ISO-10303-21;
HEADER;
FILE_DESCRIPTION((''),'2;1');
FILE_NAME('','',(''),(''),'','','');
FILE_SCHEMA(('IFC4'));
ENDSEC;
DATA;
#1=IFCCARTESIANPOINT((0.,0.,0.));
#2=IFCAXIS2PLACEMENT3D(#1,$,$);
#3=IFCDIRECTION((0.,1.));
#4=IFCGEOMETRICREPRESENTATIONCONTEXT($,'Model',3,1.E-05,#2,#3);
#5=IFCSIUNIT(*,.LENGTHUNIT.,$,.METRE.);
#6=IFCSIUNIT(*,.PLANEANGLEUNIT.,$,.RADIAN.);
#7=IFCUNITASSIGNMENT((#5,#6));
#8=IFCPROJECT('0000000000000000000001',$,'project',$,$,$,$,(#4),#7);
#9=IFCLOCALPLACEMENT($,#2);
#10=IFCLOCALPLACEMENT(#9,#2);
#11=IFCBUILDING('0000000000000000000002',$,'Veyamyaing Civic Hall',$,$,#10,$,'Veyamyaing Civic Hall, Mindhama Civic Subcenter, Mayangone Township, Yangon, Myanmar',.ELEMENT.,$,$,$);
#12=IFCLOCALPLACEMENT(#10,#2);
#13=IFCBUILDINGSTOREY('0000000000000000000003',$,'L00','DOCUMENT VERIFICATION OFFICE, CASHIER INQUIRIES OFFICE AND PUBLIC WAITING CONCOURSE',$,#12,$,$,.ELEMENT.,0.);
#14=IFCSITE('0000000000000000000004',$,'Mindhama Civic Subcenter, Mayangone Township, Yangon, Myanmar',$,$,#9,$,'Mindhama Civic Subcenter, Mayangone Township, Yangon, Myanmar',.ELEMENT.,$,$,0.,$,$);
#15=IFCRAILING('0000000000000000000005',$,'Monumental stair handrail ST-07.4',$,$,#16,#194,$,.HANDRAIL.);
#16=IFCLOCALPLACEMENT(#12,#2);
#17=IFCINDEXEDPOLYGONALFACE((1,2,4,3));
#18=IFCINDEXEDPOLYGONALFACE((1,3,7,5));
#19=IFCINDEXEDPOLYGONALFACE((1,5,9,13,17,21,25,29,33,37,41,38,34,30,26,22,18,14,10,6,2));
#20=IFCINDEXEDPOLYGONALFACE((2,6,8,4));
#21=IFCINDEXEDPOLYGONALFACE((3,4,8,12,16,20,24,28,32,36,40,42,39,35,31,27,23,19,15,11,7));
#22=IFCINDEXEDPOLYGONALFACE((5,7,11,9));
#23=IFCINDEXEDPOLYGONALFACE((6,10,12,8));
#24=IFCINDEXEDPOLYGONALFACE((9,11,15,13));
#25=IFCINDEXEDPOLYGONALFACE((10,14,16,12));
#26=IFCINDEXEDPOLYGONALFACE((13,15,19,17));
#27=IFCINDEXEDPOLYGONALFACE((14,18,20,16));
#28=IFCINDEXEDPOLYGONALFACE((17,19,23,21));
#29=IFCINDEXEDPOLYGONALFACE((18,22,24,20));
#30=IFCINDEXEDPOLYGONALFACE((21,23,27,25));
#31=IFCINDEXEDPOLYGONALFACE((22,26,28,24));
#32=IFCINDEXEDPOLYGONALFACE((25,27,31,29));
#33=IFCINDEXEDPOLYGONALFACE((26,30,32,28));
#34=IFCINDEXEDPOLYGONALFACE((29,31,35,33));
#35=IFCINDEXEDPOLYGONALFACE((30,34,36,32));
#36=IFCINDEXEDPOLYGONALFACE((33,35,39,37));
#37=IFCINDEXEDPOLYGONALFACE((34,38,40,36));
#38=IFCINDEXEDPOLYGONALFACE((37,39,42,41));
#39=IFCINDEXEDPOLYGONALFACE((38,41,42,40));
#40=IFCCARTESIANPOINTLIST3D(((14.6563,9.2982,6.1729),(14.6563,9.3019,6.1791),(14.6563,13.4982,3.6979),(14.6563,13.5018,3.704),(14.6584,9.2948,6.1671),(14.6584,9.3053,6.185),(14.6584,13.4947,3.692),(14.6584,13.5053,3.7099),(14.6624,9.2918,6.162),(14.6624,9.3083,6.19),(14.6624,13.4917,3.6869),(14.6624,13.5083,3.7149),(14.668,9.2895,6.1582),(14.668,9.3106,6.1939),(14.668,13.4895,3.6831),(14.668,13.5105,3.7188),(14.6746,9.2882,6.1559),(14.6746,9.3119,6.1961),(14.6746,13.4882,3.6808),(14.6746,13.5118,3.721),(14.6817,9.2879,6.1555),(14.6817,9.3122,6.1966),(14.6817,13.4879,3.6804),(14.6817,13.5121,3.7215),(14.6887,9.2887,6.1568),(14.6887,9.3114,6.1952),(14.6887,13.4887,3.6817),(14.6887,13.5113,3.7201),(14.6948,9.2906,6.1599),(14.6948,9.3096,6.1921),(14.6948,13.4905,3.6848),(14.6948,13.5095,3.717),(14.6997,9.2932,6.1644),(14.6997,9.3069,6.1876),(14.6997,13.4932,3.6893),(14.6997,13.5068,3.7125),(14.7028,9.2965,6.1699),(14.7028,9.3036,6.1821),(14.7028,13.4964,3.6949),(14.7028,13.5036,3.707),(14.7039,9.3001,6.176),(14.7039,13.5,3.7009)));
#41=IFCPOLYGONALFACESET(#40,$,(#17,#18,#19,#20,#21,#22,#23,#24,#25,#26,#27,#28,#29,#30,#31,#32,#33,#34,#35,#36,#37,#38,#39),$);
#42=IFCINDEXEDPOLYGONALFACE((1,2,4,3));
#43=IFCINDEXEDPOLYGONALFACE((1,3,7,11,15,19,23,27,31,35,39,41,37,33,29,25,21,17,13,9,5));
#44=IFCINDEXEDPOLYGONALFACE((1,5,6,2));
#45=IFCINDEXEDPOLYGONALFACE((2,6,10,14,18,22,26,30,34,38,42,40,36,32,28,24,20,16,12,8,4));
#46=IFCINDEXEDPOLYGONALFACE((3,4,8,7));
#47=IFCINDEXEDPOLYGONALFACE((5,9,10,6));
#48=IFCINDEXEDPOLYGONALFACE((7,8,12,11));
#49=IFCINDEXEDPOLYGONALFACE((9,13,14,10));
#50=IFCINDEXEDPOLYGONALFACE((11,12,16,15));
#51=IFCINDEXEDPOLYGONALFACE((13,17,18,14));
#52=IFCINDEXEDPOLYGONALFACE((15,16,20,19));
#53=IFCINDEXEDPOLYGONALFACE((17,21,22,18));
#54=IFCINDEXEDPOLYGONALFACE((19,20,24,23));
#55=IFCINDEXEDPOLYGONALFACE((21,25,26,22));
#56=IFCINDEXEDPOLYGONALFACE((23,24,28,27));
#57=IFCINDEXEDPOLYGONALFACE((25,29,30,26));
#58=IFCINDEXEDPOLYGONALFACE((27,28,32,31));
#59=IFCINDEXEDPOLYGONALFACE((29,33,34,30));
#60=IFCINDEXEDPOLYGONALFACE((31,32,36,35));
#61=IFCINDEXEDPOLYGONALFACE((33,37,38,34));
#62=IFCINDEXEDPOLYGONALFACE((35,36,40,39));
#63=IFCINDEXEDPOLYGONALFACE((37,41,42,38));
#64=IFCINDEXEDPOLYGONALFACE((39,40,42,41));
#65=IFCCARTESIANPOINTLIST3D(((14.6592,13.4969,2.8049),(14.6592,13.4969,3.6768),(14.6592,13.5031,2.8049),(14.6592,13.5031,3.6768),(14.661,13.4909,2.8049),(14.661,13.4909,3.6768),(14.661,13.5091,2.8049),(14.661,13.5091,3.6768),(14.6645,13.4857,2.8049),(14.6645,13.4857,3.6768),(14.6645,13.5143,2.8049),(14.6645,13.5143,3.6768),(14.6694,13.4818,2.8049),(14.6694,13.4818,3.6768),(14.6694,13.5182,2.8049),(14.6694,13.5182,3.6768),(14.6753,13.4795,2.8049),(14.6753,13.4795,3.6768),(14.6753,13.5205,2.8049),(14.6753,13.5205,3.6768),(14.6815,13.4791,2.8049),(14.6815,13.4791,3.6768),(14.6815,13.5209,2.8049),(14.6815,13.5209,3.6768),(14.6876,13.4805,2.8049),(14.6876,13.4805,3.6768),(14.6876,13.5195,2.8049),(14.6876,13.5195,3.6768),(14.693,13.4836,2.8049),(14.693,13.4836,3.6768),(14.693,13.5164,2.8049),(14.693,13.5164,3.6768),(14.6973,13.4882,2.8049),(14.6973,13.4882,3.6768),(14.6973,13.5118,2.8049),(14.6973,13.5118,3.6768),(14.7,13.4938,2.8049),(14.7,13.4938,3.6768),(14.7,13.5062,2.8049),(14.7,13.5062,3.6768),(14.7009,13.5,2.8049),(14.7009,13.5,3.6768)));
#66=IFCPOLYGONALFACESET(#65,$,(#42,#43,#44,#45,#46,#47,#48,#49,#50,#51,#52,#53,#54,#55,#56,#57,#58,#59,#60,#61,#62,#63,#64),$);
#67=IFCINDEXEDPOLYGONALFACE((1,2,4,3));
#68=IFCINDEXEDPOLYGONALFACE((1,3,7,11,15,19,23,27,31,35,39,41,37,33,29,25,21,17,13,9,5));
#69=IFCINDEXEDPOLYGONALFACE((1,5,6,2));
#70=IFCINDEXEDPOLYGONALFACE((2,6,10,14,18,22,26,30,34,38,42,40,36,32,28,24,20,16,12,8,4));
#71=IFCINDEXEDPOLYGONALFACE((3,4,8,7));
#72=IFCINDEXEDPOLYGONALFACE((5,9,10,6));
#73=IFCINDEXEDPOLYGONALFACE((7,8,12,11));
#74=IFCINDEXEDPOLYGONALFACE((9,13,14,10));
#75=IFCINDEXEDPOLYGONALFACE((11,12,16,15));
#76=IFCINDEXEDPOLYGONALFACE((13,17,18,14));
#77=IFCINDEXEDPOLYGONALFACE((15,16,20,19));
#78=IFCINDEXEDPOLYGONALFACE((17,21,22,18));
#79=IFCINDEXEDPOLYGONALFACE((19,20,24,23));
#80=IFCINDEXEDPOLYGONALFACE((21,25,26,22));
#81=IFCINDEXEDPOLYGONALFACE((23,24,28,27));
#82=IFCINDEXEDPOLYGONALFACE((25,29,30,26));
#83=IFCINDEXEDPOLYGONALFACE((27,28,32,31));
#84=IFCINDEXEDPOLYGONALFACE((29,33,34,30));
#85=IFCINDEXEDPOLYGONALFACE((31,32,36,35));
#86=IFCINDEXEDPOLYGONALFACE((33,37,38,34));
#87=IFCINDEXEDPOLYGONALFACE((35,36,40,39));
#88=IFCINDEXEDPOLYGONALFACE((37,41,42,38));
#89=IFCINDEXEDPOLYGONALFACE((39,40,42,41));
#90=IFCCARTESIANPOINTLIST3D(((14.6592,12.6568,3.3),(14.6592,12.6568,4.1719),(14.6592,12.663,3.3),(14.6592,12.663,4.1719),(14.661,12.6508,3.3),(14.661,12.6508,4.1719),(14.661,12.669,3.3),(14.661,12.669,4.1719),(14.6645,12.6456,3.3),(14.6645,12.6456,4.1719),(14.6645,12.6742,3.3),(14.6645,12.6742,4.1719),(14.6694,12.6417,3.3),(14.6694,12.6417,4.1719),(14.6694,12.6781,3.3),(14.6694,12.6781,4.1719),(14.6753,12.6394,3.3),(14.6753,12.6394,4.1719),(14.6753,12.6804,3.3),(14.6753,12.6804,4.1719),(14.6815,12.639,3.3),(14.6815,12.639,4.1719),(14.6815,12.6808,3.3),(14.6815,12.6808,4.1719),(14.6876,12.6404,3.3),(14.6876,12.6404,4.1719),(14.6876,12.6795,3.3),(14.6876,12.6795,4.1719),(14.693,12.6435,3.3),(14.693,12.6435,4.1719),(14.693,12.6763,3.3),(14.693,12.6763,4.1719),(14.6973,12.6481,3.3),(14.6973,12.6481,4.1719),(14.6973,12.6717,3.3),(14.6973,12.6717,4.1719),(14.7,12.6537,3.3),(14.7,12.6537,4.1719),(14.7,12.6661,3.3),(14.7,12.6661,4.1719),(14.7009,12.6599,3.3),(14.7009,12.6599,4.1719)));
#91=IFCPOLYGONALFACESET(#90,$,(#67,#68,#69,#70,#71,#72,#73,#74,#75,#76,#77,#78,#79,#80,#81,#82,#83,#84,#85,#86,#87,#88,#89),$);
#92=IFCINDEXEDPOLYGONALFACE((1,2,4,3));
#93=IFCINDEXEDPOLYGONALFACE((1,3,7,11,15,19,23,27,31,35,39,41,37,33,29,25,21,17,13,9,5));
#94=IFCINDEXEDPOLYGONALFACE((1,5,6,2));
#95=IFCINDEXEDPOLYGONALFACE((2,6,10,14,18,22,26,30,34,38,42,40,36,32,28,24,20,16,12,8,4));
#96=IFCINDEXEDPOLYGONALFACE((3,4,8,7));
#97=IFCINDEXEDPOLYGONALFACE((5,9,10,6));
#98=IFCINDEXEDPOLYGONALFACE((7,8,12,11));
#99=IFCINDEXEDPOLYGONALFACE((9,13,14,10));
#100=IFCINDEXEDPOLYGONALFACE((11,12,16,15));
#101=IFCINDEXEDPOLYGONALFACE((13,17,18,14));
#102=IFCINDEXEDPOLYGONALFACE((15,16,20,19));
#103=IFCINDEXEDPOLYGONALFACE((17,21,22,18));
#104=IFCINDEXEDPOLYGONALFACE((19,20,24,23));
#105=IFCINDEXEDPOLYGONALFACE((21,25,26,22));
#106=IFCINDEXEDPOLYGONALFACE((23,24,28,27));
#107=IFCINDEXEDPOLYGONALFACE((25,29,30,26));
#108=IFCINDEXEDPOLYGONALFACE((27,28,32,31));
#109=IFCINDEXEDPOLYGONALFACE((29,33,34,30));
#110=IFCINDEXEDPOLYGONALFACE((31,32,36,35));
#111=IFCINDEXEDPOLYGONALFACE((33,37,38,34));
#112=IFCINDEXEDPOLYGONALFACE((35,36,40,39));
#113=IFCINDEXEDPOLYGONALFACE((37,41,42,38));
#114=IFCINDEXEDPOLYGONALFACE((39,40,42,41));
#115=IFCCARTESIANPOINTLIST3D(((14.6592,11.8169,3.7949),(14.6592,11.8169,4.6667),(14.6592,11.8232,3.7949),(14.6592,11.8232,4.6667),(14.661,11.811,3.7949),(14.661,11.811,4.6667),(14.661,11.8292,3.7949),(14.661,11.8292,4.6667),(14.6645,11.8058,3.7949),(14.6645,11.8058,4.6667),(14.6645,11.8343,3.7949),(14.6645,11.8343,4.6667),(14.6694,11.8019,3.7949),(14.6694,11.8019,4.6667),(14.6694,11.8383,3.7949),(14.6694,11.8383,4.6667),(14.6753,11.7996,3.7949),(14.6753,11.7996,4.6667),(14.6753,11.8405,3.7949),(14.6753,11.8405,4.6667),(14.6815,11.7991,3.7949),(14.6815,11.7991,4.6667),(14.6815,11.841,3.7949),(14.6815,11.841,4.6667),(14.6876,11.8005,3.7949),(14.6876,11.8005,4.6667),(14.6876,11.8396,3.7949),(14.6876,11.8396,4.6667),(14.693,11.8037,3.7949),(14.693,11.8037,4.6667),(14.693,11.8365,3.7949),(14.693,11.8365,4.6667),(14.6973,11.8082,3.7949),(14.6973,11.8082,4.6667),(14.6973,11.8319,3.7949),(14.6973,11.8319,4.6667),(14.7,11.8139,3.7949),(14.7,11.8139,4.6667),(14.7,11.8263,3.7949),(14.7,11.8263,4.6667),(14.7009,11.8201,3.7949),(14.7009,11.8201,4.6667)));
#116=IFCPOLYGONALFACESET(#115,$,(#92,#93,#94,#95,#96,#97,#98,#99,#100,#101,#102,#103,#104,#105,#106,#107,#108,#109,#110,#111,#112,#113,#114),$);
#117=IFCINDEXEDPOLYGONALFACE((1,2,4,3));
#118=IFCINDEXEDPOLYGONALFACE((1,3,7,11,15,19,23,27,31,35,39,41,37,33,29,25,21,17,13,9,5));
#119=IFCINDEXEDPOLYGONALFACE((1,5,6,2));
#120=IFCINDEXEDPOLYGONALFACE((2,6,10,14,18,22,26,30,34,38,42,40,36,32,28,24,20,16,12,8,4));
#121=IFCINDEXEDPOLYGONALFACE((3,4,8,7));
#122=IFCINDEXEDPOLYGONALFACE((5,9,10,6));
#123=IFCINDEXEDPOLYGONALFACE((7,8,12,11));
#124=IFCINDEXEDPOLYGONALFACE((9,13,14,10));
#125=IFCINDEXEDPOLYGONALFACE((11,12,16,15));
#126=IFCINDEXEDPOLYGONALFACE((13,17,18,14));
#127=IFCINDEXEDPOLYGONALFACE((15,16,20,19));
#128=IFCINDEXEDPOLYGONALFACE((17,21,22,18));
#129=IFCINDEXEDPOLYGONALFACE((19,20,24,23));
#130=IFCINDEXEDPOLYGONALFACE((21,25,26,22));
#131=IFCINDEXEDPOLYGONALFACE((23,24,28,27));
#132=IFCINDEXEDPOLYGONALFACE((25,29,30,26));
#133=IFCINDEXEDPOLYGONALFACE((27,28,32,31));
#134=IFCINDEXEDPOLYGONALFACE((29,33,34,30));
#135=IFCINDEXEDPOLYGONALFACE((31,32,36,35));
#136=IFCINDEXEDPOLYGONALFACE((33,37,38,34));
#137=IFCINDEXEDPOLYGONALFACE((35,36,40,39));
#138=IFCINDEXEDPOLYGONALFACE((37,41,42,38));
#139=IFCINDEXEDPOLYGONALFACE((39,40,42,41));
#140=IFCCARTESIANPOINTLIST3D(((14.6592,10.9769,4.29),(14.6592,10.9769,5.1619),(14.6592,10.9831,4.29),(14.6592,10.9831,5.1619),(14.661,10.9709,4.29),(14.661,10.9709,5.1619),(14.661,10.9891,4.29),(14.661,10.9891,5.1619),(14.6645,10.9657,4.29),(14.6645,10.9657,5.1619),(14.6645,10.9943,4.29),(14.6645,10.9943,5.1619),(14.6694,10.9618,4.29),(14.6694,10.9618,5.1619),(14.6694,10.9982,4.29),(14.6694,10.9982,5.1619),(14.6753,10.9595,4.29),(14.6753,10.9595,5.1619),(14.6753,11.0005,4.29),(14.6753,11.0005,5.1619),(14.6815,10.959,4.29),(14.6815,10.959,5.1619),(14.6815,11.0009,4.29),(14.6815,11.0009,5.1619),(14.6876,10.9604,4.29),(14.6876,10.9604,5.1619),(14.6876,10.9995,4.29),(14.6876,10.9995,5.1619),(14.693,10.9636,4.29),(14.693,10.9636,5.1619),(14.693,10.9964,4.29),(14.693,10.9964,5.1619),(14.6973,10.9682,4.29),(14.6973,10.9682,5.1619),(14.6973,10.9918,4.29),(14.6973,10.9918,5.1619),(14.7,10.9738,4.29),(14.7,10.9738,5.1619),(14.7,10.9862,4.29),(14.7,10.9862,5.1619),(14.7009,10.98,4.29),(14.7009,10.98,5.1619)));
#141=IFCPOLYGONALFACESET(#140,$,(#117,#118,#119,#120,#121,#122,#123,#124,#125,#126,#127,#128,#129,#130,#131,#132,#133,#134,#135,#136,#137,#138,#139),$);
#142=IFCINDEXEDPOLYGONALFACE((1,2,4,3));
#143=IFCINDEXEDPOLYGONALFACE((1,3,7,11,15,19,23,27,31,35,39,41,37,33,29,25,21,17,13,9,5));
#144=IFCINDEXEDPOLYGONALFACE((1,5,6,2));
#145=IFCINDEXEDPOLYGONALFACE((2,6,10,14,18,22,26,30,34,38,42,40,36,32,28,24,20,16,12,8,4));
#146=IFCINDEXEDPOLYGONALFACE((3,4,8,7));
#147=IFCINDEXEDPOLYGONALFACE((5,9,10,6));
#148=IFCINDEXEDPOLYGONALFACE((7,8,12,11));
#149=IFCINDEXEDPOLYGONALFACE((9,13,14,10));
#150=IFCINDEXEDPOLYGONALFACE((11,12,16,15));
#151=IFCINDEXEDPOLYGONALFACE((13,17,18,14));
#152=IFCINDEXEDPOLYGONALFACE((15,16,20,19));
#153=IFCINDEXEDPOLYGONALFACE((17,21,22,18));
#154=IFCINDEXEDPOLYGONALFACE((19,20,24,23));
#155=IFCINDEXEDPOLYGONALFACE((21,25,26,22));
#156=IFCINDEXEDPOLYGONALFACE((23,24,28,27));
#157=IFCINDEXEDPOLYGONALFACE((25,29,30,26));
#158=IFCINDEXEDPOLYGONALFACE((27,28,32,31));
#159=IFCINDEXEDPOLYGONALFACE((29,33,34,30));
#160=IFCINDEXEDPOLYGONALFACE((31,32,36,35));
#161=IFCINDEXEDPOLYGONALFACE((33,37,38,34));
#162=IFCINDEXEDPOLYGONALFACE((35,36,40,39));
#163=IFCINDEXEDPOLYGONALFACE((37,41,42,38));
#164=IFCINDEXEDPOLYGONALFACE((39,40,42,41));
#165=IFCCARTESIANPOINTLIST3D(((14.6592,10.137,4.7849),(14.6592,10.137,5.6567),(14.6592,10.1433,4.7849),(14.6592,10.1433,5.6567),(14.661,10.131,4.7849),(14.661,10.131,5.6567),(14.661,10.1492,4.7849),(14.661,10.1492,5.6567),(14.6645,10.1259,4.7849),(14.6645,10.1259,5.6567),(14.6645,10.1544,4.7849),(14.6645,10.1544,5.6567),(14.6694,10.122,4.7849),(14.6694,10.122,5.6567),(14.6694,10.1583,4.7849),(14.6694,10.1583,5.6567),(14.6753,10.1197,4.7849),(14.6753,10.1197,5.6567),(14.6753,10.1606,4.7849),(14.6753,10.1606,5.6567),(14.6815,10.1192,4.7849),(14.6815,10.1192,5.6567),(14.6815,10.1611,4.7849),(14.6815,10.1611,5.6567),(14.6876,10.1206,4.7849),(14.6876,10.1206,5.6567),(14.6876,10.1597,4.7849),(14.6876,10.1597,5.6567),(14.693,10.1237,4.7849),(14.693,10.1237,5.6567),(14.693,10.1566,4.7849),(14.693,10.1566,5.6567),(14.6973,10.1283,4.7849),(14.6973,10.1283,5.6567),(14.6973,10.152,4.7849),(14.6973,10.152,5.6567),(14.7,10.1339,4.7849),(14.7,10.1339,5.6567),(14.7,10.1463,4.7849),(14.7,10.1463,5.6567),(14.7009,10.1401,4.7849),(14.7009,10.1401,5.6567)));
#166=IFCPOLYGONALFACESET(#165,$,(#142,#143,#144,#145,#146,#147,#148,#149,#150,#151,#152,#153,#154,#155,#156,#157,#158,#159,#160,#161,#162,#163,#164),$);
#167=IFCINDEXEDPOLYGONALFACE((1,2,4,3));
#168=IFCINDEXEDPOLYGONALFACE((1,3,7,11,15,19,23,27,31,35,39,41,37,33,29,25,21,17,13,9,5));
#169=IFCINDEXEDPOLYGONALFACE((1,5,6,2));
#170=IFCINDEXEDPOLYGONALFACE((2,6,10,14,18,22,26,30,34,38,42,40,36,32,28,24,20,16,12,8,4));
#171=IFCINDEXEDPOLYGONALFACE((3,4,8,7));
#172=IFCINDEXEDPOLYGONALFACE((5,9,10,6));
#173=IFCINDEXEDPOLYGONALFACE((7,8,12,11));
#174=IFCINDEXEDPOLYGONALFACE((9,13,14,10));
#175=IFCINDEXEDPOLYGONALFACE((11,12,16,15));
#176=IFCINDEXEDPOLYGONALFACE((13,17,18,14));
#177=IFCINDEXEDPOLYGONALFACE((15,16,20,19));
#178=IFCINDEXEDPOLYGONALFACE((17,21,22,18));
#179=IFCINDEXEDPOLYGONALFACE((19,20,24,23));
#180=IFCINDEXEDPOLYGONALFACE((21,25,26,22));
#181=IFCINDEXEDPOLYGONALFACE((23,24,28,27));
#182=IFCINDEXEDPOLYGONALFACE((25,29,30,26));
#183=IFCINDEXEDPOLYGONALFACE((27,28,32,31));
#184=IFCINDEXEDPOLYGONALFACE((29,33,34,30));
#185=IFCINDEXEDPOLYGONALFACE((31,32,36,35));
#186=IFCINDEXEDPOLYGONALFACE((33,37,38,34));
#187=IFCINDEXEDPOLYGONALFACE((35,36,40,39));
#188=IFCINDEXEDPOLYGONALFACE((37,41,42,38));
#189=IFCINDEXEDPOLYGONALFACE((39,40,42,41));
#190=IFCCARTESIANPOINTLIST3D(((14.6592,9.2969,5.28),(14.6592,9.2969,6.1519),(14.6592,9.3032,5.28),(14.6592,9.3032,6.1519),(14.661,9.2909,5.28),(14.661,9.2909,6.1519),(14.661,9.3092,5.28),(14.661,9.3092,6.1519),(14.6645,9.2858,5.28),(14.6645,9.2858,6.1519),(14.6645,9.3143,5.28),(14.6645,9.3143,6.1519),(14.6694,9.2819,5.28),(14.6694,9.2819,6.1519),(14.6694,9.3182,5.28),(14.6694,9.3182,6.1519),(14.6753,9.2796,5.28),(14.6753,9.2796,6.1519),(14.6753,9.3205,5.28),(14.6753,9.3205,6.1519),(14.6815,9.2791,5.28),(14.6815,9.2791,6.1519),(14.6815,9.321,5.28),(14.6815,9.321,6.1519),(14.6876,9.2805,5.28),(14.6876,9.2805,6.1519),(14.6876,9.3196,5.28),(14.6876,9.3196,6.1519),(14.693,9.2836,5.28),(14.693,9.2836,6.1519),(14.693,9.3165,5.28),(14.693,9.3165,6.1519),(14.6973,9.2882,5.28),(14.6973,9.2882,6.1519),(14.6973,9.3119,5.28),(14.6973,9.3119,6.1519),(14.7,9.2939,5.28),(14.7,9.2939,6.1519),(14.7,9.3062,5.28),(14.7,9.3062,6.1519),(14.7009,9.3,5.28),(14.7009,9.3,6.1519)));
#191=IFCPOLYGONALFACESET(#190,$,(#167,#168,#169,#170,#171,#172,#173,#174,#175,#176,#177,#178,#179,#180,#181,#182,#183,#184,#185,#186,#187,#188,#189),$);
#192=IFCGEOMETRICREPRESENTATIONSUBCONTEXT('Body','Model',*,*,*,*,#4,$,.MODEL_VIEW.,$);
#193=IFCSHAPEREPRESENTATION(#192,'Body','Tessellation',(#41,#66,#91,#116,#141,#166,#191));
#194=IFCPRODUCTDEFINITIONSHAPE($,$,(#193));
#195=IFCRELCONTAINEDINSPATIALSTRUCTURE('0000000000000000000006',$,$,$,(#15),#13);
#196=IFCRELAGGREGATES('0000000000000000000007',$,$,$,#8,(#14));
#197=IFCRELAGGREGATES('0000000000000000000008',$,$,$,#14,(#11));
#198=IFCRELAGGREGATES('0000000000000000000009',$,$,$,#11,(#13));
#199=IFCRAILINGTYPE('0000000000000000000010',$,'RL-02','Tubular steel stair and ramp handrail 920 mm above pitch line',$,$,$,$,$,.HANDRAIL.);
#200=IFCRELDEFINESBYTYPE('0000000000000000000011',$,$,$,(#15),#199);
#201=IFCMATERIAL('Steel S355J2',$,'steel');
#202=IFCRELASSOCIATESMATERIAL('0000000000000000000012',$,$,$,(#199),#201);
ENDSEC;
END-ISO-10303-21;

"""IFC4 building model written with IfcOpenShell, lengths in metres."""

from ifc_helpers import new_model, si_unit, direction, frame, origin, origin_2d, place, context, subcontext, project, spatial, circle, extrude, material, type_object, element, save


model = new_model("IFC4")

# Units and contexts
model_context = context("Model", 3, precision=1e-05, world=origin(), true_north=direction((0.0, 1.0)))
body_context = subcontext(model_context, "Body", "Model", "MODEL_VIEW")
ifc_project = project(units=[si_unit("LENGTHUNIT", "METRE"), si_unit("PLANEANGLEUNIT", "RADIAN")], contexts=[model_context])

# Site, building, storey
site_placement = place(None, origin())
site = spatial("IfcSite", under=ifc_project, at=site_placement, Name="Mindhama Civic Subcenter, Mayangone Township, Yangon, Myanmar", LongName="Mindhama Civic Subcenter, Mayangone Township, Yangon, Myanmar", CompositionType="ELEMENT", RefElevation=0.0)
building_placement = place(site_placement, origin())
building = spatial("IfcBuilding", under=site, at=building_placement, Name="Veyamyaing Civic Hall", LongName="Veyamyaing Civic Hall, Mindhama Civic Subcenter, Mayangone Township, Yangon, Myanmar", CompositionType="ELEMENT")
storey_placement = place(building_placement, origin())
storey = spatial("IfcBuildingStorey", under=building, at=storey_placement, Name="L00", Description="DOCUMENT VERIFICATION OFFICE, CASHIER INQUIRIES OFFICE AND PUBLIC WAITING CONCOURSE", CompositionType="ELEMENT", Elevation=0.0)

# Railing
ifc_material_1 = material(Name="Steel S355J2", Category="steel")
railing_type_1 = type_object("IfcRailingType", Name="RL-02", Description="Tubular steel stair and ramp handrail 920 mm above pitch line", PredefinedType="HANDRAIL", material=ifc_material_1)
for number, where, name in (
    (1, (14.6799, 13.5, 2.8049), "Monumental stair handrail ST-07.4"),
):
    element("IfcRailing", number, at=place(storey_placement, frame(where)), inside=storey, type_object=railing_type_1, Name=name, PredefinedType="HANDRAIL", context=body_context, shape_type="SweptSolid", body=[
        extrude(circle(Radius=0.0239, at=origin_2d()), frame((0.0, 0.0, 0.896), z_axis=(0.0, -0.861527, 0.507712), x_axis=(1.0, 0.0, 0.0)), (0.0, 0.0, 1.0), 4.875),
        extrude(circle(Radius=0.021, at=origin_2d()), origin(), (0.0, 0.0, 1.0), 0.8718),
        extrude(circle(Radius=0.021, at=origin_2d()), frame((0.0, -0.8401, 0.4951)), (0.0, 0.0, 1.0), 0.8718),
        extrude(circle(Radius=0.021, at=origin_2d()), frame((0.0, -1.6799, 0.99)), (0.0, 0.0, 1.0), 0.8718),
        extrude(circle(Radius=0.021, at=origin_2d()), frame((0.0, -2.52, 1.4851)), (0.0, 0.0, 1.0), 0.8718),
        extrude(circle(Radius=0.021, at=origin_2d()), frame((0.0, -3.3599, 1.98)), (0.0, 0.0, 1.0), 0.8718),
        extrude(circle(Radius=0.021, at=origin_2d()), frame((0.0, -4.2, 2.4751)), (0.0, 0.0, 1.0), 0.8718),
    ])

save(model, "model.ifc")
